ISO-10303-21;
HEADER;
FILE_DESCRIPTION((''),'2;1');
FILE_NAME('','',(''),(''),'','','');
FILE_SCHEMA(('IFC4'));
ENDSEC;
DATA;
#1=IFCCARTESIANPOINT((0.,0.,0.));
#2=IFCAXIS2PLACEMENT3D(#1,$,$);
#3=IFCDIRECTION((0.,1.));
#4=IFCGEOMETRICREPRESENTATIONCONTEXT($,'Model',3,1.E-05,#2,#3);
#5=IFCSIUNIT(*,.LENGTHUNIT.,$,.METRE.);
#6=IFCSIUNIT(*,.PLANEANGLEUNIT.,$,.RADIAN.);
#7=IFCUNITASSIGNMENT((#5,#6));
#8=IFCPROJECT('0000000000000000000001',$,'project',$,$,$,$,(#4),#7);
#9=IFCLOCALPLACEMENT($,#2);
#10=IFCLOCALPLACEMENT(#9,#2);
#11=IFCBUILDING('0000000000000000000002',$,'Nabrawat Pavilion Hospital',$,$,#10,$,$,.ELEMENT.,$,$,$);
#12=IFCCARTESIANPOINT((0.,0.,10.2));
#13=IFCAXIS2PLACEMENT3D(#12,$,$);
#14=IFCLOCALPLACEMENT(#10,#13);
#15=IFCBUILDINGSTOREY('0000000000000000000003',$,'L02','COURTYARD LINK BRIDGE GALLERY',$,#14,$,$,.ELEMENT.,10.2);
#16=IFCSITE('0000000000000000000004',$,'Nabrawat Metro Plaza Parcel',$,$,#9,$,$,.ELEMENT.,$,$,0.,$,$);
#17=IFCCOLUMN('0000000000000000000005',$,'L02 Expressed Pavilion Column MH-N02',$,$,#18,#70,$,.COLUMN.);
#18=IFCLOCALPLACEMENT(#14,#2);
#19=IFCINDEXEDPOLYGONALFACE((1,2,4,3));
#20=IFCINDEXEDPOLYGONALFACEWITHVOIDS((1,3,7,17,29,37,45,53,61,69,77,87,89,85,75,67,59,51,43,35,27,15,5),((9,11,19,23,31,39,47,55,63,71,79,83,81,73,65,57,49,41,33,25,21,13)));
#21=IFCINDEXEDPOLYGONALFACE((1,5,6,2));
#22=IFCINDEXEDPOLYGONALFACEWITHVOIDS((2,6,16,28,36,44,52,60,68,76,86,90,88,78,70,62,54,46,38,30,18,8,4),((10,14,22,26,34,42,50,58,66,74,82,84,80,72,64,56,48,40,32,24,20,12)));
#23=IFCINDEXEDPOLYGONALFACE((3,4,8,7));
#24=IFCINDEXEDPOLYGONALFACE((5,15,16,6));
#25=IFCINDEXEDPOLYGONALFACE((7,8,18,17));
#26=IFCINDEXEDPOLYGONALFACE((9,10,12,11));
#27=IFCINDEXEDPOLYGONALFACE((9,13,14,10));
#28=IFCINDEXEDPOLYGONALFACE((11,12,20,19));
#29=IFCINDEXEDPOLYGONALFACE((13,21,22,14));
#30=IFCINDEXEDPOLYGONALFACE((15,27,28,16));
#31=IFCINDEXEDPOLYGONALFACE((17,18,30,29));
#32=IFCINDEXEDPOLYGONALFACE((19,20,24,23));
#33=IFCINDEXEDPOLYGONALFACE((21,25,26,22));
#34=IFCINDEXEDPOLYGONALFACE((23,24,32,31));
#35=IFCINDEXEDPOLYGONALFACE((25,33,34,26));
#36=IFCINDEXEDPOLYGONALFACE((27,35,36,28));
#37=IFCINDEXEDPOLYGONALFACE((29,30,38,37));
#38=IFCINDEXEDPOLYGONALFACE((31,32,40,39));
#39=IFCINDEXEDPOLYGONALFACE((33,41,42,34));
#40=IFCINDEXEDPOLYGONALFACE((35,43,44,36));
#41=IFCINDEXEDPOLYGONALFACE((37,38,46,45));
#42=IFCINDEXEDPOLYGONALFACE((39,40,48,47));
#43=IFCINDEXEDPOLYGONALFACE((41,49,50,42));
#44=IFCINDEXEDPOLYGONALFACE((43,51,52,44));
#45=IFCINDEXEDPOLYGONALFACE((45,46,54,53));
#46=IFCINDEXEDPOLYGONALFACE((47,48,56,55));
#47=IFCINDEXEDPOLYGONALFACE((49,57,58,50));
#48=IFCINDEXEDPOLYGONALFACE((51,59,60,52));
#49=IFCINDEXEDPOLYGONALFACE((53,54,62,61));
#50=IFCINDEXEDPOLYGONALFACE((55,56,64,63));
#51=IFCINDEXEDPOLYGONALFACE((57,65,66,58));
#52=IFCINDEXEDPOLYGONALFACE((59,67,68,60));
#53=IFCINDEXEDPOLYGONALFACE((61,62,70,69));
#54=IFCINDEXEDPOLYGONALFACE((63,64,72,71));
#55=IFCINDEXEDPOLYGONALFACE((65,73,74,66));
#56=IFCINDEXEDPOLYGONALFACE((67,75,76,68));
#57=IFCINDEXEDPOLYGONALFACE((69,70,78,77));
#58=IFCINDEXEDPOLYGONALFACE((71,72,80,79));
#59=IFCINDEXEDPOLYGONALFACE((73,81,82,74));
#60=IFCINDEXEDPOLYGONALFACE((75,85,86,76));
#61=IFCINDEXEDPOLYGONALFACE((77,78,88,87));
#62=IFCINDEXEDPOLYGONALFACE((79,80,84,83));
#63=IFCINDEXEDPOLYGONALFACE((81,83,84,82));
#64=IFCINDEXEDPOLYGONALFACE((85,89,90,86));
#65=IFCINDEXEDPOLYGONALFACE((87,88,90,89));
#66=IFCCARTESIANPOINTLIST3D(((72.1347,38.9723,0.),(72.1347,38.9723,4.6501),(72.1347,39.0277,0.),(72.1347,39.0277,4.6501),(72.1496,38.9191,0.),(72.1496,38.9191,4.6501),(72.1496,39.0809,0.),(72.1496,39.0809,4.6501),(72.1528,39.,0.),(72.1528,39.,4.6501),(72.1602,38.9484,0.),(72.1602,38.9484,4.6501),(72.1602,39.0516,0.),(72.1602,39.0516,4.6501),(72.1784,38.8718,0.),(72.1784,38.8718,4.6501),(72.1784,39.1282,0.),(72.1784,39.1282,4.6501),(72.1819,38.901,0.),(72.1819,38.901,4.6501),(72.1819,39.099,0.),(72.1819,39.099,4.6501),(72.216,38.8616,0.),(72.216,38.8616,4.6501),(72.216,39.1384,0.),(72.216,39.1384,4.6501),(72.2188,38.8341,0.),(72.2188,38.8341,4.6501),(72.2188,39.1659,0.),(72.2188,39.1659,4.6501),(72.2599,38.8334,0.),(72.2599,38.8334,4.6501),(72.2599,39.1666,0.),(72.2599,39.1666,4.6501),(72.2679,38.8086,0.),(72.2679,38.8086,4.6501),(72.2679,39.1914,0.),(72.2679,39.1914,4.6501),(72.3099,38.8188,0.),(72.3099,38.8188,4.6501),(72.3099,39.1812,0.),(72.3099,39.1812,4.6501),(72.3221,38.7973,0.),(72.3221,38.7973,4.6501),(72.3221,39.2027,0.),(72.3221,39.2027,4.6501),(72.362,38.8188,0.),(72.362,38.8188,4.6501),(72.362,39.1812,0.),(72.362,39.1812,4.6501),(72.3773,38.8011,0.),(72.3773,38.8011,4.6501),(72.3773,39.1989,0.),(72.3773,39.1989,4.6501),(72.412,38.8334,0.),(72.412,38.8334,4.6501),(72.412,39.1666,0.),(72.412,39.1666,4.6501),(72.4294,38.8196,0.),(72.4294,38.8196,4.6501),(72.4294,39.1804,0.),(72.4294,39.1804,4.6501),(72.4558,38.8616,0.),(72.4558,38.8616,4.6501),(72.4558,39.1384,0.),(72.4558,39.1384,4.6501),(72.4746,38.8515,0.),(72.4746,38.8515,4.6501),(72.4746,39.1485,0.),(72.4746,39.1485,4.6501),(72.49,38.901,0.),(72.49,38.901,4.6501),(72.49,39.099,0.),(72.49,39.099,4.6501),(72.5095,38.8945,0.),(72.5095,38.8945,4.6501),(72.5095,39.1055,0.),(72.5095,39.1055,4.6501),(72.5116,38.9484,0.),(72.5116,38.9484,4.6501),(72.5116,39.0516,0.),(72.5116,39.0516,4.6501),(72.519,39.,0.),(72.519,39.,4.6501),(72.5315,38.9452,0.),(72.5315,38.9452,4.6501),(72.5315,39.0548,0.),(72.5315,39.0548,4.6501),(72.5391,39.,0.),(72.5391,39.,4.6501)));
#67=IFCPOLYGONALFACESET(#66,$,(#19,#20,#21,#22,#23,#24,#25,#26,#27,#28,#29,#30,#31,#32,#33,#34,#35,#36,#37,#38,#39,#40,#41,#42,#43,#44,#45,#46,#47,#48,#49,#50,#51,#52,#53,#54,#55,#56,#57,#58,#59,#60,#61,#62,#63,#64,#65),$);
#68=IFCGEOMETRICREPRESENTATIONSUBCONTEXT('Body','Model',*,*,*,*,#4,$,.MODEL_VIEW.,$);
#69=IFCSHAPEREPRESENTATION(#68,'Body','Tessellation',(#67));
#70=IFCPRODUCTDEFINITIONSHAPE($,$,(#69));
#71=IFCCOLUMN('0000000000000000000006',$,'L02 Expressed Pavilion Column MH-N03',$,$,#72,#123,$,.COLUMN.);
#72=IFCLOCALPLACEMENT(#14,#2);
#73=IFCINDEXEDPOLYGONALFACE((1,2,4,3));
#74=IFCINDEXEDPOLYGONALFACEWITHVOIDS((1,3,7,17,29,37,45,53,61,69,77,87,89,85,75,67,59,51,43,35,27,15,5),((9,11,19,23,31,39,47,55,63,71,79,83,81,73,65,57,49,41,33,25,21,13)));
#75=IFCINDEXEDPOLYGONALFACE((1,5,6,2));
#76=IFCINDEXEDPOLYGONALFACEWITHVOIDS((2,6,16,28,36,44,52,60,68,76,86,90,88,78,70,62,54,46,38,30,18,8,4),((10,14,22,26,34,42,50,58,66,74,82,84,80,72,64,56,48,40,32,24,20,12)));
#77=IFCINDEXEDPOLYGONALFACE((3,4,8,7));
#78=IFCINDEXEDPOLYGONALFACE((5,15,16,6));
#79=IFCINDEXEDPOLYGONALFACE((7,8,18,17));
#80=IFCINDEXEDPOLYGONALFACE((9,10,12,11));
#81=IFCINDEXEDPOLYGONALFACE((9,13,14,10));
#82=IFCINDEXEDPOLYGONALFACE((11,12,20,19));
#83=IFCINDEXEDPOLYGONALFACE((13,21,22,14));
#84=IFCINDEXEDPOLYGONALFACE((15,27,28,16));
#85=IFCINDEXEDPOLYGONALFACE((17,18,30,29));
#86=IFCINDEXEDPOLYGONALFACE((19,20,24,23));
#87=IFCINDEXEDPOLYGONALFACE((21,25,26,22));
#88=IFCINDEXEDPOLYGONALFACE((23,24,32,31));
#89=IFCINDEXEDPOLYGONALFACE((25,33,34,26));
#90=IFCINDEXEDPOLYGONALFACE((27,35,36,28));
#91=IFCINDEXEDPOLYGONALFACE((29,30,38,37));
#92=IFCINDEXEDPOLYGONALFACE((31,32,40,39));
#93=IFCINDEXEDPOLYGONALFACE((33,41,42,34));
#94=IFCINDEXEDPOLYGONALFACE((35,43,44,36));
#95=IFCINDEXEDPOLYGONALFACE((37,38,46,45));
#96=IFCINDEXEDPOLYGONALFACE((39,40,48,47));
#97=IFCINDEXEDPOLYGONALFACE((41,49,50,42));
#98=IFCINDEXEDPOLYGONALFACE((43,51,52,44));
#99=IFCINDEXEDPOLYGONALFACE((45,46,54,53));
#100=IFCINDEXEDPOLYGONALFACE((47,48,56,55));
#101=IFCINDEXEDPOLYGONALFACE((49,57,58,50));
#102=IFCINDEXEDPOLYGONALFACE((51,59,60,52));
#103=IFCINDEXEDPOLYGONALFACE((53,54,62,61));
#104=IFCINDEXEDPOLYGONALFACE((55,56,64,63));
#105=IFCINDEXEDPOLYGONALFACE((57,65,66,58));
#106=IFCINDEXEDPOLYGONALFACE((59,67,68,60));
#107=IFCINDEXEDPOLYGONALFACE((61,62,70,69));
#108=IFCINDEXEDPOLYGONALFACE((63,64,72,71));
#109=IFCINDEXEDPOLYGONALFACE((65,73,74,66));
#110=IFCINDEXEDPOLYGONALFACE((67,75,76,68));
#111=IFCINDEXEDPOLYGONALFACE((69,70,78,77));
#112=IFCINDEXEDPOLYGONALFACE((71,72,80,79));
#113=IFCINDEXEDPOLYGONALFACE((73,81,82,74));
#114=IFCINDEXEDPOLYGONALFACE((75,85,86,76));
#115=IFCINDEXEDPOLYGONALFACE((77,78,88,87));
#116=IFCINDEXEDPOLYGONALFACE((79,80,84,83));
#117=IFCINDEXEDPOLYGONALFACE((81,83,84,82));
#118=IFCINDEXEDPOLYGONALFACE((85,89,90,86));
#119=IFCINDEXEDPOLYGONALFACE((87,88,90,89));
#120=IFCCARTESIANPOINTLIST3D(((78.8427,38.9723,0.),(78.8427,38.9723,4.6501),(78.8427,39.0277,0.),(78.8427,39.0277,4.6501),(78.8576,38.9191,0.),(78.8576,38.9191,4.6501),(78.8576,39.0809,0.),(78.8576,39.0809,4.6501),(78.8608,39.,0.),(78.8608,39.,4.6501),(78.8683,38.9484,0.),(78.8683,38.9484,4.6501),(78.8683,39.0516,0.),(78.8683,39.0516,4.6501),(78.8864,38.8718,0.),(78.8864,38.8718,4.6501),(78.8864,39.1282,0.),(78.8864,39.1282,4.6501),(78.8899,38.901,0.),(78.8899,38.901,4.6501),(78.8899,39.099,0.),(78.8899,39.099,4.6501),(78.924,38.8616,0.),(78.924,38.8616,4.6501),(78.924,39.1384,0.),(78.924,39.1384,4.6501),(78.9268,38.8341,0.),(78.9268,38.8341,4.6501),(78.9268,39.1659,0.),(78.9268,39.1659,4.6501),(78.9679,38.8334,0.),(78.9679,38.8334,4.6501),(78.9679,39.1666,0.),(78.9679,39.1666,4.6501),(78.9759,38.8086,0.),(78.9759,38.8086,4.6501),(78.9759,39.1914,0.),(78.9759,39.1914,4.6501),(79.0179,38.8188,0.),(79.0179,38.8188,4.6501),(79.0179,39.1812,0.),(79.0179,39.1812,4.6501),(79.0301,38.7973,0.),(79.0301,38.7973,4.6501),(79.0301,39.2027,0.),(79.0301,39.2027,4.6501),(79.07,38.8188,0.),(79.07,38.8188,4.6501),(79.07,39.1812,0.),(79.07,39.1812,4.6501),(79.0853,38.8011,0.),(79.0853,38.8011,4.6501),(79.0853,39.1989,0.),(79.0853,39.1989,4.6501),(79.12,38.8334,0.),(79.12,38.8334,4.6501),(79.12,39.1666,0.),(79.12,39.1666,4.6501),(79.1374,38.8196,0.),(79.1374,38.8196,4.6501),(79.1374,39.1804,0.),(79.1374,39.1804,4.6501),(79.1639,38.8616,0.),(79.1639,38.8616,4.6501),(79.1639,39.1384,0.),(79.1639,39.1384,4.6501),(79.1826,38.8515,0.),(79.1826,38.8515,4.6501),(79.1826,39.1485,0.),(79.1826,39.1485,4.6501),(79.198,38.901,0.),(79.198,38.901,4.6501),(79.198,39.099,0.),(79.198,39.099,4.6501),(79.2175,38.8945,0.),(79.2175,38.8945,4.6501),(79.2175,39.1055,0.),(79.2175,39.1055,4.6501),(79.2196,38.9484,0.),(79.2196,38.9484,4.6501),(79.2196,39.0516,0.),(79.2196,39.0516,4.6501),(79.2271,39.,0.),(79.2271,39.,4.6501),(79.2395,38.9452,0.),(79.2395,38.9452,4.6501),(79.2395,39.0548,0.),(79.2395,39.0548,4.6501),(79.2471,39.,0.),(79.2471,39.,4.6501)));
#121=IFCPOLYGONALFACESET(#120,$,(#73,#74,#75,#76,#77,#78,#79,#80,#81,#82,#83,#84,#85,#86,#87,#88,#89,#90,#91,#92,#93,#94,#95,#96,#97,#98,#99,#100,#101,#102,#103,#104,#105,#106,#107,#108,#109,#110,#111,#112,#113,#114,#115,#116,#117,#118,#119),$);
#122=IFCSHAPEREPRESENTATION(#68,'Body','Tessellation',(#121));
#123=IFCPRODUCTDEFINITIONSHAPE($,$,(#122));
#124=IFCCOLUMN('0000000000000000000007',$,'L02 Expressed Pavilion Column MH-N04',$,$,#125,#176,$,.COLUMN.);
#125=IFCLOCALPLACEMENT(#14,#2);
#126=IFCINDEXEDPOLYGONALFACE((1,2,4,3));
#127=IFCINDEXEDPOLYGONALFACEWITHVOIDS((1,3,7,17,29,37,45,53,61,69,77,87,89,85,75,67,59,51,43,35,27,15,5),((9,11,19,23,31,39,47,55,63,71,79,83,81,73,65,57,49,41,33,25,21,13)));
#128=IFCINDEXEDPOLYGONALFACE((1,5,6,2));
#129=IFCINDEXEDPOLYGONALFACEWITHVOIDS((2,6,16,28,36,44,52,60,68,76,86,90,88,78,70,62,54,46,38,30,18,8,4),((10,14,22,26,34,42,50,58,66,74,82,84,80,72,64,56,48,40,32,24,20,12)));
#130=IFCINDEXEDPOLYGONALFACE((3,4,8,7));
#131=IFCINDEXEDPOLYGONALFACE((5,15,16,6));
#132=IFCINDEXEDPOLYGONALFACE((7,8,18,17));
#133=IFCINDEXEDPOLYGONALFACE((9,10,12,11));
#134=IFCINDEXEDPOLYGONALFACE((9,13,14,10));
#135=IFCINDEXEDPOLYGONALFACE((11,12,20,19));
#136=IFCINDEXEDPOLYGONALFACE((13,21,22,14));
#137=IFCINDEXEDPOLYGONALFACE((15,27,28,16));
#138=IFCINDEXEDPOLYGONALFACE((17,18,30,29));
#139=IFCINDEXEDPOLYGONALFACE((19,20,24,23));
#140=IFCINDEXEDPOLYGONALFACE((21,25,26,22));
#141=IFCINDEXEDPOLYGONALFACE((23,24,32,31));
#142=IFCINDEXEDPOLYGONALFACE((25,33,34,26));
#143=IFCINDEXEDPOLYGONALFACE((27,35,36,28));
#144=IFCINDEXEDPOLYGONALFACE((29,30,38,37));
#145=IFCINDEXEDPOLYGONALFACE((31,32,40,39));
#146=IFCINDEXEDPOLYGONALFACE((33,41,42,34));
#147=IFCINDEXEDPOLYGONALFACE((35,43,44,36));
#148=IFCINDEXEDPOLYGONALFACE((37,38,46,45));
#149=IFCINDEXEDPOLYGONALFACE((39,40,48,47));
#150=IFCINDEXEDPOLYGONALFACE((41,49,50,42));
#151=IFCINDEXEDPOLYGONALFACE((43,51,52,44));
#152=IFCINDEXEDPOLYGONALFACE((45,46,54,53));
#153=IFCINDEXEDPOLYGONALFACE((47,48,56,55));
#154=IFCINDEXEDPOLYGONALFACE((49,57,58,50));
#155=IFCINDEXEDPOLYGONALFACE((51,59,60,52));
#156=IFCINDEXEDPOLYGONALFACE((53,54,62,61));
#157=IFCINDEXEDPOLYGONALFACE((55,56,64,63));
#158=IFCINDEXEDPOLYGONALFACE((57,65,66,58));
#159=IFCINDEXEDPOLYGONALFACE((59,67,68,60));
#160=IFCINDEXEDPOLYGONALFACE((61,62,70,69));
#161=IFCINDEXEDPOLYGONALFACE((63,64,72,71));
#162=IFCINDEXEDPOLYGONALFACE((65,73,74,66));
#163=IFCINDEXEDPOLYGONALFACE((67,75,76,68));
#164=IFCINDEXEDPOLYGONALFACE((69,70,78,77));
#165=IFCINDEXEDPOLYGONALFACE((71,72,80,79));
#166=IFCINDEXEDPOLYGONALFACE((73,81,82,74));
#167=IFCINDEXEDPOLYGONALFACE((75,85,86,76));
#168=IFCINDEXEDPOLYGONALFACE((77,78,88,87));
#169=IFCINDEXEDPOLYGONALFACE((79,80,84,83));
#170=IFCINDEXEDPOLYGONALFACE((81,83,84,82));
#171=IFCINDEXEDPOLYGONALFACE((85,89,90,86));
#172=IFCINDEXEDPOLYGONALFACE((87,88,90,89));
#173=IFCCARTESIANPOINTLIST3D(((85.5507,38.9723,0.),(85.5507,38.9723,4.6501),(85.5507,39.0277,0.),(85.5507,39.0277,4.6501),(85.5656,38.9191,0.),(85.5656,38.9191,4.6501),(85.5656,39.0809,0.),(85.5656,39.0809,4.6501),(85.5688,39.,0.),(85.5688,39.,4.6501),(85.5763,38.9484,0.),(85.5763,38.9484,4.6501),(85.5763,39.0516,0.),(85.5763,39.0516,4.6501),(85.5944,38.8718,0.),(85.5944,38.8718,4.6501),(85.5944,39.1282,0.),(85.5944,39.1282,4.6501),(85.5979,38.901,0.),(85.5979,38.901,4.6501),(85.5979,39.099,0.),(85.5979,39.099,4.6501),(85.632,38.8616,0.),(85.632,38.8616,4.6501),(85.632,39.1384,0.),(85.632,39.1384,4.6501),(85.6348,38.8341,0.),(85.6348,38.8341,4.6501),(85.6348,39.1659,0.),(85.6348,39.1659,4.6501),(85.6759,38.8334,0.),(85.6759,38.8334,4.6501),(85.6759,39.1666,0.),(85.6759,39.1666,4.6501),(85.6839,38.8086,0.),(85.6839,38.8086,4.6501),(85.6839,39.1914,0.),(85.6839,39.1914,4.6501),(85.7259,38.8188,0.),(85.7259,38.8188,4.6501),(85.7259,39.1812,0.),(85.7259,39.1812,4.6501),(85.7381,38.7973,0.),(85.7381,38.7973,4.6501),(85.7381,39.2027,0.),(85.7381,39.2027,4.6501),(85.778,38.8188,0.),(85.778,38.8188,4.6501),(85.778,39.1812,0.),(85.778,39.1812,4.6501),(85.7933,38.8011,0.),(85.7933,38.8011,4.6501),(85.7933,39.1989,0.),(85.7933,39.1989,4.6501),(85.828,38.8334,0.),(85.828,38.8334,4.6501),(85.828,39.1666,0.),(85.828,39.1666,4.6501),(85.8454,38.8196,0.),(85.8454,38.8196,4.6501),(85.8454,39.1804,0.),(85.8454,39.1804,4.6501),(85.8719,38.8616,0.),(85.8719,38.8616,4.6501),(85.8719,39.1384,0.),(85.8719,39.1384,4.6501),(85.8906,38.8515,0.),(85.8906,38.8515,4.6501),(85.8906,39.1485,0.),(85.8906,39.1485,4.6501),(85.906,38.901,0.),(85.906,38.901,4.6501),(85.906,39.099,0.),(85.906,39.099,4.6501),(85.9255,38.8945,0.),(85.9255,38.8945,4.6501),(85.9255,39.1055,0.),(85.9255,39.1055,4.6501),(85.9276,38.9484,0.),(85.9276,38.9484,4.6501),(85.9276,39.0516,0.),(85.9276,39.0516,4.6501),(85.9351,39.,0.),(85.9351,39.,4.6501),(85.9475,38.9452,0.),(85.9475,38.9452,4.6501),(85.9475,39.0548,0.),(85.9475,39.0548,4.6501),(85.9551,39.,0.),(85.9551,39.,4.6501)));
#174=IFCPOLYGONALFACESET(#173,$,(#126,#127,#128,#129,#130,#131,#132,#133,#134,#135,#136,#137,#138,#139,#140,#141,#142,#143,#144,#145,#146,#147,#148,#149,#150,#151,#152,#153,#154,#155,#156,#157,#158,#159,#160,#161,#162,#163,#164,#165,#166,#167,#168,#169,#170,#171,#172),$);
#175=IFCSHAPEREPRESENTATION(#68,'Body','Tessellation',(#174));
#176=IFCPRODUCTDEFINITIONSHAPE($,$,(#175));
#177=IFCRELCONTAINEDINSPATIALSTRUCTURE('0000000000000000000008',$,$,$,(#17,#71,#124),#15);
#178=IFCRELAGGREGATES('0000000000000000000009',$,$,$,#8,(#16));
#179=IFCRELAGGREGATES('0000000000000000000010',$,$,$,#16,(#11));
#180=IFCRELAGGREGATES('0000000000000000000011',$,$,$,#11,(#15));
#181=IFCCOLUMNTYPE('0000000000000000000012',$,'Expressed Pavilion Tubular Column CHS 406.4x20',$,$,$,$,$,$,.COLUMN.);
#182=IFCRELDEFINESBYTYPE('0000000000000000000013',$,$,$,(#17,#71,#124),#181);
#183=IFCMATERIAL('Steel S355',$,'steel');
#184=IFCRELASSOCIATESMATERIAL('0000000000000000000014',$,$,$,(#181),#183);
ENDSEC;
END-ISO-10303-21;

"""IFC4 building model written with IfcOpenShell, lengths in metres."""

from ifc_helpers import new_model, si_unit, direction, frame, origin, origin_2d, place, context, subcontext, project, spatial, hollow_circle, extrude, material, material_profile, profile_set, type_object, element, save


model = new_model("IFC4")

# Units and contexts
model_context = context("Model", 3, precision=1e-05, world=origin(), true_north=direction((0.0, 1.0)))
body_context = subcontext(model_context, "Body", "Model", "MODEL_VIEW")
ifc_project = project(units=[si_unit("LENGTHUNIT", "METRE"), si_unit("PLANEANGLEUNIT", "RADIAN")], contexts=[model_context])

# Site, building, storey
site_placement = place(None, origin())
site = spatial("IfcSite", under=ifc_project, at=site_placement, Name="Nabrawat Metro Plaza Parcel", CompositionType="ELEMENT", RefElevation=0.0)
building_placement = place(site_placement, origin())
building = spatial("IfcBuilding", under=site, at=building_placement, Name="Nabrawat Pavilion Hospital", CompositionType="ELEMENT")
storey_placement = place(building_placement, frame((0.0, 0.0, 10.2)))
storey = spatial("IfcBuildingStorey", under=building, at=storey_placement, Name="L02", Description="COURTYARD LINK BRIDGE GALLERY", CompositionType="ELEMENT", Elevation=10.2)

# Columns
ifc_material_1 = material(Name="Steel S355", Category="steel")
ifc_material_profile_1 = material_profile(ifc_material_1, hollow_circle(Radius=0.2031, WallThickness=0.02, at=origin_2d()), Name="CHS 406.4x20")
ifc_profile_set_1 = profile_set([ifc_material_profile_1], Name="Steel S355")
column_type = type_object("IfcColumnType", Name="Expressed Pavilion Tubular Column CHS 406.4x20", PredefinedType="COLUMN", material=ifc_profile_set_1)
for number, where, z_axis, x_axis, name in (
    (1, (72.3359, 39.0, 0.0), (0.0, 0.0, 1.0), (1.0, 0.0, 0.0), "L02 Expressed Pavilion Column MH-N02"),
    (2, (79.0439, 39.0, 0.0), (0.0, 0.0, 1.0), (1.0, 0.0, 0.0), "L02 Expressed Pavilion Column MH-N03"),
    (3, (85.752, 39.0, 0.0), (0.0, 0.0, 1.0), (1.0, 0.0, 0.0), "L02 Expressed Pavilion Column MH-N04"),
):
    element("IfcColumn", number, at=place(storey_placement, frame(where, z_axis=z_axis, x_axis=x_axis)), inside=storey, type_object=column_type, Name=name, PredefinedType="COLUMN", context=body_context, shape_type="SweptSolid", body=[
        extrude(hollow_circle(Radius=0.2031, WallThickness=0.02, at=origin_2d()), origin(), (0.0, 0.0, 1.0), 4.6501),
    ])

save(model, "model.ifc")
